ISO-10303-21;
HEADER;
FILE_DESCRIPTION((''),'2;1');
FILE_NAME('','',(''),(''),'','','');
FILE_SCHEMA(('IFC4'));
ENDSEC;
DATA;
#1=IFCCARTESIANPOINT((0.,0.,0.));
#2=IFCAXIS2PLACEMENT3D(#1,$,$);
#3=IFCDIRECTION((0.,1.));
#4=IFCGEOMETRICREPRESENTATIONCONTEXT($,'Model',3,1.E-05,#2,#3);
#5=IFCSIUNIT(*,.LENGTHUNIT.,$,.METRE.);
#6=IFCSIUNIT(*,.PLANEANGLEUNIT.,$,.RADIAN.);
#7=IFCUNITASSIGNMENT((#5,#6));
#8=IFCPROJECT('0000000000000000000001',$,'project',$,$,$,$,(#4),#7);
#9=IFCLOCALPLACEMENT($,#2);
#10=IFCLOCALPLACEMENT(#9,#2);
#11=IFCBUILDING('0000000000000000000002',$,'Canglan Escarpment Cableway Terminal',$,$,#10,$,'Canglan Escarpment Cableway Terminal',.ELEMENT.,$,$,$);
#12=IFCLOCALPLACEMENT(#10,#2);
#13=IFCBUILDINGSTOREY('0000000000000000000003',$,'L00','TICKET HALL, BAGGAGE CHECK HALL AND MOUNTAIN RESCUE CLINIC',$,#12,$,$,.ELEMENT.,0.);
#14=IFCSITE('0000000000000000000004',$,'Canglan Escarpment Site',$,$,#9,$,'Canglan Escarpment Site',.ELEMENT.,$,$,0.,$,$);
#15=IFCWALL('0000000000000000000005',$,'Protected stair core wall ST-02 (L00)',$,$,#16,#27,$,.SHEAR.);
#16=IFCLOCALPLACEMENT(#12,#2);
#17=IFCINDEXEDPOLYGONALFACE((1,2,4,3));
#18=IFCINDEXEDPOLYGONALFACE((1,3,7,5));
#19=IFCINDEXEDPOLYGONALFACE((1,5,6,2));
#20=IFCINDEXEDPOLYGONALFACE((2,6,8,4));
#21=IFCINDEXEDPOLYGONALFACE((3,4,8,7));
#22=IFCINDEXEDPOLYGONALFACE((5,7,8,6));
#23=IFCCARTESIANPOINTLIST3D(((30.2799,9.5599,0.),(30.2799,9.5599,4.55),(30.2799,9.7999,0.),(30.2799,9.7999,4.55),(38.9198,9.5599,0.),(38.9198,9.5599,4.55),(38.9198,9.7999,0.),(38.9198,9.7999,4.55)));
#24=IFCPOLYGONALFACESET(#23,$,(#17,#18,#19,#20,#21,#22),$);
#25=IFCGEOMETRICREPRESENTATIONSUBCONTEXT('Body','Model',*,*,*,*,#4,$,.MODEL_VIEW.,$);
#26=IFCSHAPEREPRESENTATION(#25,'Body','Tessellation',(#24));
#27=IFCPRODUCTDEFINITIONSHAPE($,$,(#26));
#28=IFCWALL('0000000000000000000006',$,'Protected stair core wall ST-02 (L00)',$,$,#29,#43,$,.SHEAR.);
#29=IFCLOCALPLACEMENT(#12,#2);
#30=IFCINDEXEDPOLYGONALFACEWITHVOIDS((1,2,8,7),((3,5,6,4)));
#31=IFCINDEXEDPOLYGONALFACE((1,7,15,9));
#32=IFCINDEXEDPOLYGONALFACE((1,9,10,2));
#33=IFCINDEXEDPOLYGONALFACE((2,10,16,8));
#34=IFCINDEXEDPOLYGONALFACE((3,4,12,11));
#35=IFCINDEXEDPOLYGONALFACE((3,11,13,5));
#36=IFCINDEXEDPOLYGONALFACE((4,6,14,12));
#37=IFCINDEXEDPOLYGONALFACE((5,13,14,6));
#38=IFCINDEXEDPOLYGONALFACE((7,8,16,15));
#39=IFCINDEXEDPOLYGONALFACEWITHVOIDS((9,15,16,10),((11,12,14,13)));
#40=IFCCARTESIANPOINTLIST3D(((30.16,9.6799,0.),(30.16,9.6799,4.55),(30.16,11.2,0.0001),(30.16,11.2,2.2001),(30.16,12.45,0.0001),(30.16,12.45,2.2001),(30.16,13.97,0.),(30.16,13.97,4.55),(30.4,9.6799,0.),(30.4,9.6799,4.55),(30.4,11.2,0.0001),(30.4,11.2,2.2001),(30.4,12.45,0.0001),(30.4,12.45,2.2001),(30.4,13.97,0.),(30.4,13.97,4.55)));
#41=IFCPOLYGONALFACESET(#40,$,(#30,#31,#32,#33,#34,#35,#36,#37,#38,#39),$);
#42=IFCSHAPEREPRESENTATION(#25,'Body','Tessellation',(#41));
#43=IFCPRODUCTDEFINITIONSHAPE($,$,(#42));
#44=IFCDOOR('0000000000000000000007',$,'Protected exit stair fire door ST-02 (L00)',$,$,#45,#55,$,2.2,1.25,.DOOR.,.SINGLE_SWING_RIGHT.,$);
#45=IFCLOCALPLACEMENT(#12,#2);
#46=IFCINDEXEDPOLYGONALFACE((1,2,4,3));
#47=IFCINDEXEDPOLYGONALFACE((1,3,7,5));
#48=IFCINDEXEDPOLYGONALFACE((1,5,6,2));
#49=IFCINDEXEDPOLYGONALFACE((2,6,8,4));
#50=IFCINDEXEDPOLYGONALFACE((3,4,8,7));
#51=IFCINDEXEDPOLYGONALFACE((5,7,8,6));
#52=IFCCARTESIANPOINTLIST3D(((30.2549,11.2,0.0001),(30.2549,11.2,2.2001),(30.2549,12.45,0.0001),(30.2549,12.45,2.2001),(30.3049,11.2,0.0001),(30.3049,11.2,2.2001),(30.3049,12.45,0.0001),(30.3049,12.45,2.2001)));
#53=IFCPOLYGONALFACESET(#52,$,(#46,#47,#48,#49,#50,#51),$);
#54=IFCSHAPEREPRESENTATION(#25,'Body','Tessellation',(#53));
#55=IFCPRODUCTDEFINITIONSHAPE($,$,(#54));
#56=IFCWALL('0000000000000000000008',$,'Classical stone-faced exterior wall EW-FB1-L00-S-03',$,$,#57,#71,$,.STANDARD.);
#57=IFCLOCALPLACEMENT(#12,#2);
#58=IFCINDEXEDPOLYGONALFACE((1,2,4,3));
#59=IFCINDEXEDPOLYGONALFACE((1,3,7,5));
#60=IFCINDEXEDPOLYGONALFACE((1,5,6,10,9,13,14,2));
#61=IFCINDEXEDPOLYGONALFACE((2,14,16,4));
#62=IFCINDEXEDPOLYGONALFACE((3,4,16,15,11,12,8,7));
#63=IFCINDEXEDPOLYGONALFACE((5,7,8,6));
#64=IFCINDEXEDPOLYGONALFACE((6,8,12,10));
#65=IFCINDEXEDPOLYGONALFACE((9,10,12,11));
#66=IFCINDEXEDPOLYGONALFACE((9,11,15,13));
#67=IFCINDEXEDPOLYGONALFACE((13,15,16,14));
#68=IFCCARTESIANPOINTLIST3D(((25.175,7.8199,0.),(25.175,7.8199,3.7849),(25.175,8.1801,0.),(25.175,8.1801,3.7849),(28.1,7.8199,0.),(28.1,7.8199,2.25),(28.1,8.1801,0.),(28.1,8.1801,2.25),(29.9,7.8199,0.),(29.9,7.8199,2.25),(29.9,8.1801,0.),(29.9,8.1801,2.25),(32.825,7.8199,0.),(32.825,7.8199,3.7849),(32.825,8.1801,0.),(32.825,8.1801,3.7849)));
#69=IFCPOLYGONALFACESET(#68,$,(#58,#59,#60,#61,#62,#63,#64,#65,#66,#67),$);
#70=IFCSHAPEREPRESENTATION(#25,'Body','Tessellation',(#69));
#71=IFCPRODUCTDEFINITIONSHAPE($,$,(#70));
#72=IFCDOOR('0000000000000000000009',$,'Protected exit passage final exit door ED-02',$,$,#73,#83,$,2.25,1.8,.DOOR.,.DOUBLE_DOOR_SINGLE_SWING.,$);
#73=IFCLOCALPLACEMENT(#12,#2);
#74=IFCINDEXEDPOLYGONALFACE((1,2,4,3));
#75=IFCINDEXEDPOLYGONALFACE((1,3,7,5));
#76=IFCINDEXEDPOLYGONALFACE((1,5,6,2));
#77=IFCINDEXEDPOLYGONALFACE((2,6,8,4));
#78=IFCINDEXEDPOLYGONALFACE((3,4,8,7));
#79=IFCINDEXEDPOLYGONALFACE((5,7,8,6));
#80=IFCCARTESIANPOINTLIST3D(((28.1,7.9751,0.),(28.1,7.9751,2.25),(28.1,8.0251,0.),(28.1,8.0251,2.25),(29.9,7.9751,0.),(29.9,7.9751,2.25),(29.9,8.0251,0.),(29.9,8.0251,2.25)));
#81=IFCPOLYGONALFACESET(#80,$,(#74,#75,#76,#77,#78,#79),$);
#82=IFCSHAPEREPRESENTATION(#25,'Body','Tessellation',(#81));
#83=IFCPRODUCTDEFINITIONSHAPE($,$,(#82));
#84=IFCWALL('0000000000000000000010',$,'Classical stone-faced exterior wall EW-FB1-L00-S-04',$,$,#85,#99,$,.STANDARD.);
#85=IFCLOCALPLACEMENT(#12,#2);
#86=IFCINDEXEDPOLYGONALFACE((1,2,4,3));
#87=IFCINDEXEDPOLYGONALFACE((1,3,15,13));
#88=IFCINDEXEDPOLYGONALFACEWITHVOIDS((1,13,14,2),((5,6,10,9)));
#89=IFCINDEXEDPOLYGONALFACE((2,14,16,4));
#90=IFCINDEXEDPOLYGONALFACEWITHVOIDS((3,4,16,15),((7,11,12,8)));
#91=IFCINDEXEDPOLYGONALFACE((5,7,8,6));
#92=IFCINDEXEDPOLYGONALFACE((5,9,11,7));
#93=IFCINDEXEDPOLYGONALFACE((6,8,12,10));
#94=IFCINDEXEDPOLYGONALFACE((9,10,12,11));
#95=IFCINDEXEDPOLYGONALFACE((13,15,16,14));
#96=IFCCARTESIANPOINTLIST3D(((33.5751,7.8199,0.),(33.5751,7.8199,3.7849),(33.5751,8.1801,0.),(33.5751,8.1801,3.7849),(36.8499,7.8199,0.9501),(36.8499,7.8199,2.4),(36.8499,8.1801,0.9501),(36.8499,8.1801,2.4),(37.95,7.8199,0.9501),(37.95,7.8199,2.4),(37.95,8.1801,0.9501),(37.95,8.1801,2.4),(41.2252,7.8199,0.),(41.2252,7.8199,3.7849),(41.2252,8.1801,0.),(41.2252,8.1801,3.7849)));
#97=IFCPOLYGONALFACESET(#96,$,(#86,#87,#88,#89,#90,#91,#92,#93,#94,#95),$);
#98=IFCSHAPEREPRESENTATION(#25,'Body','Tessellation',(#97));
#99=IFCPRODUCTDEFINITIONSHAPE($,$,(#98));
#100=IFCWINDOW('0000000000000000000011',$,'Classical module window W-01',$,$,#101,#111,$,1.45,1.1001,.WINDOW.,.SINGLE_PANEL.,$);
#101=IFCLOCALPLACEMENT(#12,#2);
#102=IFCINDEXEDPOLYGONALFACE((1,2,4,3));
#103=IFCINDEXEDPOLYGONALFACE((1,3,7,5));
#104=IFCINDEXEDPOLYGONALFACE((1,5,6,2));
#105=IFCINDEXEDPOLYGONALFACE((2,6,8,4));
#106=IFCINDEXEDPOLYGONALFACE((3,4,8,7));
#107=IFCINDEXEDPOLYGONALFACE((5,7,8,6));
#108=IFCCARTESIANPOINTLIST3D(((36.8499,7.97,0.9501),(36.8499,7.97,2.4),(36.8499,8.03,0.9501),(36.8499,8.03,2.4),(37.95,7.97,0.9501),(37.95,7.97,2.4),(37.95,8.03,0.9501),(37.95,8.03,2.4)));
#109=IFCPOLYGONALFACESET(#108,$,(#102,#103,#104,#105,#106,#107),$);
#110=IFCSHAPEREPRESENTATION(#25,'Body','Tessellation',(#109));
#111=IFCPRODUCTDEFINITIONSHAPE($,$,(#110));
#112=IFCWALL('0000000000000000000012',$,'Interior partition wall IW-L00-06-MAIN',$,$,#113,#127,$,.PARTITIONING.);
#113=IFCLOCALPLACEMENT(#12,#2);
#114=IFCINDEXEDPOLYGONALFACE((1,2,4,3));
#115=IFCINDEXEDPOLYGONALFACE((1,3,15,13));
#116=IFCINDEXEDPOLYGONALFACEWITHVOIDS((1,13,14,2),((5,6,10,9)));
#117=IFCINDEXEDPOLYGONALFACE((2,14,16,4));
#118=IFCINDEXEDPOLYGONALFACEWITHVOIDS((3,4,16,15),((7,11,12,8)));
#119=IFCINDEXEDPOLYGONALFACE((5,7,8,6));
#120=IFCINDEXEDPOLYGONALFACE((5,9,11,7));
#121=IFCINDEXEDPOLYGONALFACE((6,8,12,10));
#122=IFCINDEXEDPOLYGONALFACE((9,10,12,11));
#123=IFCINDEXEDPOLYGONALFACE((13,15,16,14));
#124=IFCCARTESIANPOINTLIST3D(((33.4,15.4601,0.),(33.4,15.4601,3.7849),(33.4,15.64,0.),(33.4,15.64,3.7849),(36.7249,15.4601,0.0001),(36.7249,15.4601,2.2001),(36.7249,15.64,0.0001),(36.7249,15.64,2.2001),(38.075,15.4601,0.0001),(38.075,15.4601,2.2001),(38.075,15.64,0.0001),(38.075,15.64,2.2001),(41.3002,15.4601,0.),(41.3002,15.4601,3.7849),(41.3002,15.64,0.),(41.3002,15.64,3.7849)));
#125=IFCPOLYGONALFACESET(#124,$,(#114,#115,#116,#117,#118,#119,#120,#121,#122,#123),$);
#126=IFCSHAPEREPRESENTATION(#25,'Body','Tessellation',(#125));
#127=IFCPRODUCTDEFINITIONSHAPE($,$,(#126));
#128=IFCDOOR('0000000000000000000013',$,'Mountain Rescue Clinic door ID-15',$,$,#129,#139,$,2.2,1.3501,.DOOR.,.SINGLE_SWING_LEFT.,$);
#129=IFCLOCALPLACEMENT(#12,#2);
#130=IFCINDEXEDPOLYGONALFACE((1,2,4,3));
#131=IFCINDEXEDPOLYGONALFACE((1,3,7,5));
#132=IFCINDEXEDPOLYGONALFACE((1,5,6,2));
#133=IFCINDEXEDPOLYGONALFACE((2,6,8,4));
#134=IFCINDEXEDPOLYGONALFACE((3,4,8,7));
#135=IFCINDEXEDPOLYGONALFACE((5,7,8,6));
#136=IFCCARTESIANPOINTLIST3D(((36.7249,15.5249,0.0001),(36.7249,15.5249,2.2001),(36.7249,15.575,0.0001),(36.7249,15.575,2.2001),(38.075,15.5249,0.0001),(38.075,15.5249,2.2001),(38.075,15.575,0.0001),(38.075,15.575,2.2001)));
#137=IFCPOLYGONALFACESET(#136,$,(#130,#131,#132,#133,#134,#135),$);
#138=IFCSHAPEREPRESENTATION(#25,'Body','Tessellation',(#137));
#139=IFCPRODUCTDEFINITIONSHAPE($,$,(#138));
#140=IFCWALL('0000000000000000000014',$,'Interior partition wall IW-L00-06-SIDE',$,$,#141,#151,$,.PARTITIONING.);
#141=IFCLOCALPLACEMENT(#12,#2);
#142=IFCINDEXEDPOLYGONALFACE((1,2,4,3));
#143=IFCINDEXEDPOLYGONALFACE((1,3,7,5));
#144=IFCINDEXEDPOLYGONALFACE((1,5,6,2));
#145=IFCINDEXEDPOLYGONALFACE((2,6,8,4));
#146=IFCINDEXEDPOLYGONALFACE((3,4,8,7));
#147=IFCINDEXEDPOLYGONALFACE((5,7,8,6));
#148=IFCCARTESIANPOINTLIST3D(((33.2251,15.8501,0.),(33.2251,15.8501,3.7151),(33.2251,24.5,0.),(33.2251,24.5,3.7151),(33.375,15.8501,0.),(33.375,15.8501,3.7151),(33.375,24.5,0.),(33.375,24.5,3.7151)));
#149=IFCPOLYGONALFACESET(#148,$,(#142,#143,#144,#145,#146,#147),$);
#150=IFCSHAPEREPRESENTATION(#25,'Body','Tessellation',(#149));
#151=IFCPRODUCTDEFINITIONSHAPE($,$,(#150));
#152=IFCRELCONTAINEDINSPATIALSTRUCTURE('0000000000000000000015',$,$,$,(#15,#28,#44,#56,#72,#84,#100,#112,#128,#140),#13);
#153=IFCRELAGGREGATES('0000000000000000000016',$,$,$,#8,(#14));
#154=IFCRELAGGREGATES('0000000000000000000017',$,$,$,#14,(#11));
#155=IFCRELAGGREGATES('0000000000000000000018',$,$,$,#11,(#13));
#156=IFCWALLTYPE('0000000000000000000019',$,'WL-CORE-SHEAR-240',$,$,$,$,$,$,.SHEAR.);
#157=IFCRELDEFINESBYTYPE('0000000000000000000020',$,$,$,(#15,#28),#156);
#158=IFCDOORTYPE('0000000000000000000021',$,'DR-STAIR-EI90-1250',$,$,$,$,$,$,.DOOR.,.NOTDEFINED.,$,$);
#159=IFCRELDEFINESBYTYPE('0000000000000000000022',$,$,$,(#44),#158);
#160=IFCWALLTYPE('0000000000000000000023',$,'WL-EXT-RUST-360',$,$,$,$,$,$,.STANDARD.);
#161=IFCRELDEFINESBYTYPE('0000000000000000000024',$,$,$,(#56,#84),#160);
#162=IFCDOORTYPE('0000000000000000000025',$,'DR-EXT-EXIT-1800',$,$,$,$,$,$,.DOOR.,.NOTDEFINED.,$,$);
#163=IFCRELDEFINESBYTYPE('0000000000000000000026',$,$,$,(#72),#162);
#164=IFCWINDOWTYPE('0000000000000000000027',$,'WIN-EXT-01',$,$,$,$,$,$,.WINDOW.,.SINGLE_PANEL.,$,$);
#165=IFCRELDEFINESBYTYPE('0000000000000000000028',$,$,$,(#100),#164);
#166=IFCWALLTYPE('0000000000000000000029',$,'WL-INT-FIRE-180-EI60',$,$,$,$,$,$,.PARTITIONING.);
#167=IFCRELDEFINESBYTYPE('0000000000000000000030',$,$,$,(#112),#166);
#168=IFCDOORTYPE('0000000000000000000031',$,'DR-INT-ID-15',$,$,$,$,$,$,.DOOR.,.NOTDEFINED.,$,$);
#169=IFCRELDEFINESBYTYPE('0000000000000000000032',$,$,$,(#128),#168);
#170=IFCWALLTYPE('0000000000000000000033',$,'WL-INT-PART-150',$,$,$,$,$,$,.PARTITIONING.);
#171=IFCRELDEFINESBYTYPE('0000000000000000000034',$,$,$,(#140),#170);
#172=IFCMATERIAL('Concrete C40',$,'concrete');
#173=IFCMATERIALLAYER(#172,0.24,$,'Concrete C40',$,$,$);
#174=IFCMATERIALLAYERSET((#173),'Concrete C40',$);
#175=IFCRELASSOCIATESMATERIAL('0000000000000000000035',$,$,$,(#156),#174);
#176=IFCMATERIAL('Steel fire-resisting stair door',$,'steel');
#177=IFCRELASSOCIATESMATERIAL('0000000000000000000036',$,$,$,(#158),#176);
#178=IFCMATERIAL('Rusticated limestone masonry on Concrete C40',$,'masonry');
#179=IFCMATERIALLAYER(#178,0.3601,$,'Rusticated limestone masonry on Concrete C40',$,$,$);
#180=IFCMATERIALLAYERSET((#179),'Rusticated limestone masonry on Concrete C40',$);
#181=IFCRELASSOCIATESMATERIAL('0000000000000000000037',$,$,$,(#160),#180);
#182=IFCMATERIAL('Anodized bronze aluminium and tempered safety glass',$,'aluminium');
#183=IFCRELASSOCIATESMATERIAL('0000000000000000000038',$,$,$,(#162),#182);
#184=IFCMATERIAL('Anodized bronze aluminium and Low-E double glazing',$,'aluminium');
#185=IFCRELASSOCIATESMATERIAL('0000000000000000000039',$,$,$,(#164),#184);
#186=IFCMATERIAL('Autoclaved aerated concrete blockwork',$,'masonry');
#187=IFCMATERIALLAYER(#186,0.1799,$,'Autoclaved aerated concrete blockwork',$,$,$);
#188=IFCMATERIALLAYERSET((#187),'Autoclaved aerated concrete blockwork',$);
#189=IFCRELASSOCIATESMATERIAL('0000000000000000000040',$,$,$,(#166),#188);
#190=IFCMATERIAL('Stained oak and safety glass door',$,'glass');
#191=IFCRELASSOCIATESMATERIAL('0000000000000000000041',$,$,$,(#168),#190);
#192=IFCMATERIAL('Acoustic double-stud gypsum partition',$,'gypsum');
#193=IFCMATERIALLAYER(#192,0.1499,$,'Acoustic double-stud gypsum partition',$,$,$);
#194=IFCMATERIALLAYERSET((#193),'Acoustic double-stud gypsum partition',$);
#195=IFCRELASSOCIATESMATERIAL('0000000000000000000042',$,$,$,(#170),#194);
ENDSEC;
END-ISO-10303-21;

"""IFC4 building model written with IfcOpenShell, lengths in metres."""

from ifc_helpers import new_model, si_unit, direction, frame, frame_2d, origin, place, context, subcontext, project, spatial, rectangle, extrude, material, layer, layer_set, type_object, element, fill, save


model = new_model("IFC4")

# Units and contexts
model_context = context("Model", 3, precision=1e-05, world=origin(), true_north=direction((0.0, 1.0)))
body_context = subcontext(model_context, "Body", "Model", "MODEL_VIEW")
ifc_project = project(units=[si_unit("LENGTHUNIT", "METRE"), si_unit("PLANEANGLEUNIT", "RADIAN")], contexts=[model_context])

# Site, building, storey
site_placement = place(None, origin())
site = spatial("IfcSite", under=ifc_project, at=site_placement, Name="Canglan Escarpment Site", LongName="Canglan Escarpment Site", CompositionType="ELEMENT", RefElevation=0.0)
building_placement = place(site_placement, origin())
building = spatial("IfcBuilding", under=site, at=building_placement, Name="Canglan Escarpment Cableway Terminal", LongName="Canglan Escarpment Cableway Terminal", CompositionType="ELEMENT")
storey_placement = place(building_placement, origin())
storey = spatial("IfcBuildingStorey", under=building, at=storey_placement, Name="L00", Description="TICKET HALL, BAGGAGE CHECK HALL AND MOUNTAIN RESCUE CLINIC", CompositionType="ELEMENT", Elevation=0.0)

# Shared definitions
ifc_material_1 = material(Name="Concrete C40", Category="concrete")

# Wall
ifc_layer_1 = layer(ifc_material_1, 0.24, Name="Concrete C40")
ifc_layer_set_1 = layer_set([ifc_layer_1], Name="Concrete C40")
wall_type_1 = type_object("IfcWallType", Name="WL-CORE-SHEAR-240", PredefinedType="SHEAR", material=ifc_layer_set_1)
wall_1_placement = place(storey_placement, frame((30.28, 9.6799, 0.0), z_axis=(0.0, 0.0, 1.0), x_axis=(1.0, 0.0, 0.0)))
element("IfcWall", 1, at=wall_1_placement, inside=storey, type_object=wall_type_1, Name="Protected stair core wall ST-02 (L00)", PredefinedType="SHEAR", context=body_context, shape_type="SweptSolid", body=[
    extrude(rectangle(XDim=8.6399, YDim=0.24, at=frame_2d((4.3198, 0.0))), origin(), (0.0, 0.0, 1.0), 4.55),
])

# Walls, openings, doors
wall_2_placement = place(storey_placement, frame((30.28, 13.97, 0.0), z_axis=(0.0, 0.0, 1.0), x_axis=(0.0, -1.0, 0.0)))
wall_2 = element("IfcWall", 2, at=wall_2_placement, inside=storey, type_object=wall_type_1, Name="Protected stair core wall ST-02 (L00)", PredefinedType="SHEAR", context=body_context, shape_type="SweptSolid", body=[
    extrude(rectangle(XDim=4.29, YDim=0.24, at=frame_2d((2.145, 0.0))), origin(), (0.0, 0.0, 1.0), 4.55),
])
opening_1_placement = place(wall_2_placement, frame((1.52, 0.0, 0.0)))
opening_1 = element("IfcOpeningElement", 3, at=opening_1_placement, cuts=wall_2, PredefinedType="OPENING", context=body_context, shape_type="SweptSolid", body=[
    extrude(rectangle(XDim=1.25, YDim=2.2, at=frame_2d((0.625, 1.1001))), frame((0.0, 0.1299, 0.0), z_axis=(0.0, -1.0, 0.0), x_axis=(1.0, 0.0, 0.0)), (0.0, 0.0, 1.0), 0.26),
])
ifc_material_2 = material(Name="Steel fire-resisting stair door", Category="steel")
door_type_1 = type_object("IfcDoorType", Name="DR-STAIR-EI90-1250", OperationType="NOTDEFINED", PredefinedType="DOOR", material=ifc_material_2)
door_1_placement = place(opening_1_placement, origin())
door_1 = element("IfcDoor", 4, at=door_1_placement, inside=storey, type_object=door_type_1, Name="Protected exit stair fire door ST-02 (L00)", OperationType="SINGLE_SWING_RIGHT", OverallHeight=2.2, OverallWidth=1.25, PredefinedType="DOOR", context=body_context, shape_type="SweptSolid", body=[
    extrude(rectangle(XDim=1.25, YDim=2.2, at=frame_2d((0.625, 1.1001))), frame((0.0, 0.0249, 0.0), z_axis=(0.0, -1.0, 0.0), x_axis=(1.0, 0.0, 0.0)), (0.0, 0.0, 1.0), 0.05),
])
fill(opening_1, door_1)
ifc_material_3 = material(Name="Rusticated limestone masonry on Concrete C40", Category="masonry")
ifc_layer_2 = layer(ifc_material_3, 0.3601, Name="Rusticated limestone masonry on Concrete C40")
ifc_layer_set_2 = layer_set([ifc_layer_2], Name="Rusticated limestone masonry on Concrete C40")
wall_type_2 = type_object("IfcWallType", Name="WL-EXT-RUST-360", PredefinedType="STANDARD", material=ifc_layer_set_2)
wall_3_placement = place(storey_placement, frame((32.825, 8.0, 0.0), z_axis=(0.0, 0.0, 1.0), x_axis=(-1.0, 0.0, 0.0)))
wall_3 = element("IfcWall", 5, at=wall_3_placement, inside=storey, type_object=wall_type_2, Name="Classical stone-faced exterior wall EW-FB1-L00-S-03", PredefinedType="STANDARD", context=body_context, shape_type="SweptSolid", body=[
    extrude(rectangle(XDim=7.6499, YDim=0.3601, at=frame_2d((3.825, 0.0))), origin(), (0.0, 0.0, 1.0), 3.7849),
])
opening_2_placement = place(wall_3_placement, frame((2.925, 0.0, 0.0)))
opening_2 = element("IfcOpeningElement", 6, at=opening_2_placement, cuts=wall_3, PredefinedType="OPENING", context=body_context, shape_type="SweptSolid", body=[
    extrude(rectangle(XDim=1.8, YDim=2.25, at=frame_2d((0.8999, 1.125))), frame((0.0, 0.1899, 0.0), z_axis=(0.0, -1.0, 0.0), x_axis=(1.0, 0.0, 0.0)), (0.0, 0.0, 1.0), 0.3801),
])
ifc_material_4 = material(Name="Anodized bronze aluminium and tempered safety glass", Category="aluminium")
door_type_2 = type_object("IfcDoorType", Name="DR-EXT-EXIT-1800", OperationType="NOTDEFINED", PredefinedType="DOOR", material=ifc_material_4)
door_2_placement = place(opening_2_placement, origin())
door_2 = element("IfcDoor", 7, at=door_2_placement, inside=storey, type_object=door_type_2, Name="Protected exit passage final exit door ED-02", OperationType="DOUBLE_DOOR_SINGLE_SWING", OverallHeight=2.25, OverallWidth=1.8, PredefinedType="DOOR", context=body_context, shape_type="SweptSolid", body=[
    extrude(rectangle(XDim=1.8, YDim=2.25, at=frame_2d((0.8999, 1.125))), frame((0.0, 0.0249, 0.0), z_axis=(0.0, -1.0, 0.0), x_axis=(1.0, 0.0, 0.0)), (0.0, 0.0, 1.0), 0.05),
])
fill(opening_2, door_2)

# Wall, opening, window
wall_4_placement = place(storey_placement, frame((33.575, 8.0, 0.0), z_axis=(0.0, 0.0, 1.0), x_axis=(1.0, 0.0, 0.0)))
wall_4 = element("IfcWall", 8, at=wall_4_placement, inside=storey, type_object=wall_type_2, Name="Classical stone-faced exterior wall EW-FB1-L00-S-04", PredefinedType="STANDARD", context=body_context, shape_type="SweptSolid", body=[
    extrude(rectangle(XDim=7.6501, YDim=0.3601, at=frame_2d((3.8252, 0.0))), origin(), (0.0, 0.0, 1.0), 3.7849),
])
opening_3_placement = place(wall_4_placement, frame((3.2749, 0.0, 0.95)))
opening_3 = element("IfcOpeningElement", 9, at=opening_3_placement, cuts=wall_4, PredefinedType="OPENING", context=body_context, shape_type="SweptSolid", body=[
    extrude(rectangle(XDim=1.1001, YDim=1.45, at=frame_2d((0.55, 0.7251))), frame((0.0, 0.1899, 0.0), z_axis=(0.0, -1.0, 0.0), x_axis=(1.0, 0.0, 0.0)), (0.0, 0.0, 1.0), 0.3801),
])
ifc_material_5 = material(Name="Anodized bronze aluminium and Low-E double glazing", Category="aluminium")
window_type = type_object("IfcWindowType", Name="WIN-EXT-01", PartitioningType="SINGLE_PANEL", PredefinedType="WINDOW", material=ifc_material_5)
window_placement = place(opening_3_placement, origin())
window = element("IfcWindow", 10, at=window_placement, inside=storey, type_object=window_type, Name="Classical module window W-01", OverallHeight=1.45, OverallWidth=1.1001, PartitioningType="SINGLE_PANEL", PredefinedType="WINDOW", context=body_context, shape_type="SweptSolid", body=[
    extrude(rectangle(XDim=1.1001, YDim=1.45, at=frame_2d((0.55, 0.7251))), frame((0.0, 0.03, 0.0), z_axis=(0.0, -1.0, 0.0), x_axis=(1.0, 0.0, 0.0)), (0.0, 0.0, 1.0), 0.0601),
])
fill(opening_3, window)

# Wall, opening, door
ifc_material_6 = material(Name="Autoclaved aerated concrete blockwork", Category="masonry")
ifc_layer_3 = layer(ifc_material_6, 0.1799, Name="Autoclaved aerated concrete blockwork")
ifc_layer_set_3 = layer_set([ifc_layer_3], Name="Autoclaved aerated concrete blockwork")
wall_type_3 = type_object("IfcWallType", Name="WL-INT-FIRE-180-EI60", PredefinedType="PARTITIONING", material=ifc_layer_set_3)
wall_5_placement = place(storey_placement, frame((33.3999, 15.55, 0.0), z_axis=(0.0, 0.0, 1.0), x_axis=(1.0, 0.0, 0.0)))
wall_5 = element("IfcWall", 11, at=wall_5_placement, inside=storey, type_object=wall_type_3, Name="Interior partition wall IW-L00-06-MAIN", PredefinedType="PARTITIONING", context=body_context, shape_type="SweptSolid", body=[
    extrude(rectangle(XDim=7.9001, YDim=0.1799, at=frame_2d((3.9502, 0.0))), origin(), (0.0, 0.0, 1.0), 3.7849),
])
opening_4_placement = place(wall_5_placement, frame((3.325, 0.0, 0.0)))
opening_4 = element("IfcOpeningElement", 12, at=opening_4_placement, cuts=wall_5, PredefinedType="OPENING", context=body_context, shape_type="SweptSolid", body=[
    extrude(rectangle(XDim=1.3501, YDim=2.2, at=frame_2d((0.675, 1.1001))), frame((0.0, 0.1001, 0.0), z_axis=(0.0, -1.0, 0.0), x_axis=(1.0, 0.0, 0.0)), (0.0, 0.0, 1.0), 0.2),
])
ifc_material_7 = material(Name="Stained oak and safety glass door", Category="glass")
door_type_3 = type_object("IfcDoorType", Name="DR-INT-ID-15", OperationType="NOTDEFINED", PredefinedType="DOOR", material=ifc_material_7)
door_3_placement = place(opening_4_placement, origin())
door_3 = element("IfcDoor", 13, at=door_3_placement, inside=storey, type_object=door_type_3, Name="Mountain Rescue Clinic door ID-15", OperationType="SINGLE_SWING_LEFT", OverallHeight=2.2, OverallWidth=1.3501, PredefinedType="DOOR", context=body_context, shape_type="SweptSolid", body=[
    extrude(rectangle(XDim=1.3501, YDim=2.2, at=frame_2d((0.675, 1.1001))), frame((0.0, 0.0249, 0.0), z_axis=(0.0, -1.0, 0.0), x_axis=(1.0, 0.0, 0.0)), (0.0, 0.0, 1.0), 0.05),
])
fill(opening_4, door_3)

# Wall
ifc_material_8 = material(Name="Acoustic double-stud gypsum partition", Category="gypsum")
ifc_layer_4 = layer(ifc_material_8, 0.1499, Name="Acoustic double-stud gypsum partition")
ifc_layer_set_4 = layer_set([ifc_layer_4], Name="Acoustic double-stud gypsum partition")
wall_type_4 = type_object("IfcWallType", Name="WL-INT-PART-150", PredefinedType="PARTITIONING", material=ifc_layer_set_4)
wall_6_placement = place(storey_placement, frame((33.3, 15.8501, 0.0), z_axis=(0.0, 0.0, 1.0), x_axis=(0.0, 1.0, 0.0)))
element("IfcWall", 14, at=wall_6_placement, inside=storey, type_object=wall_type_4, Name="Interior partition wall IW-L00-06-SIDE", PredefinedType="PARTITIONING", context=body_context, shape_type="SweptSolid", body=[
    extrude(rectangle(XDim=8.6499, YDim=0.1499, at=frame_2d((4.325, 0.0))), origin(), (0.0, 0.0, 1.0), 3.7151),
])

save(model, "model.ifc")
